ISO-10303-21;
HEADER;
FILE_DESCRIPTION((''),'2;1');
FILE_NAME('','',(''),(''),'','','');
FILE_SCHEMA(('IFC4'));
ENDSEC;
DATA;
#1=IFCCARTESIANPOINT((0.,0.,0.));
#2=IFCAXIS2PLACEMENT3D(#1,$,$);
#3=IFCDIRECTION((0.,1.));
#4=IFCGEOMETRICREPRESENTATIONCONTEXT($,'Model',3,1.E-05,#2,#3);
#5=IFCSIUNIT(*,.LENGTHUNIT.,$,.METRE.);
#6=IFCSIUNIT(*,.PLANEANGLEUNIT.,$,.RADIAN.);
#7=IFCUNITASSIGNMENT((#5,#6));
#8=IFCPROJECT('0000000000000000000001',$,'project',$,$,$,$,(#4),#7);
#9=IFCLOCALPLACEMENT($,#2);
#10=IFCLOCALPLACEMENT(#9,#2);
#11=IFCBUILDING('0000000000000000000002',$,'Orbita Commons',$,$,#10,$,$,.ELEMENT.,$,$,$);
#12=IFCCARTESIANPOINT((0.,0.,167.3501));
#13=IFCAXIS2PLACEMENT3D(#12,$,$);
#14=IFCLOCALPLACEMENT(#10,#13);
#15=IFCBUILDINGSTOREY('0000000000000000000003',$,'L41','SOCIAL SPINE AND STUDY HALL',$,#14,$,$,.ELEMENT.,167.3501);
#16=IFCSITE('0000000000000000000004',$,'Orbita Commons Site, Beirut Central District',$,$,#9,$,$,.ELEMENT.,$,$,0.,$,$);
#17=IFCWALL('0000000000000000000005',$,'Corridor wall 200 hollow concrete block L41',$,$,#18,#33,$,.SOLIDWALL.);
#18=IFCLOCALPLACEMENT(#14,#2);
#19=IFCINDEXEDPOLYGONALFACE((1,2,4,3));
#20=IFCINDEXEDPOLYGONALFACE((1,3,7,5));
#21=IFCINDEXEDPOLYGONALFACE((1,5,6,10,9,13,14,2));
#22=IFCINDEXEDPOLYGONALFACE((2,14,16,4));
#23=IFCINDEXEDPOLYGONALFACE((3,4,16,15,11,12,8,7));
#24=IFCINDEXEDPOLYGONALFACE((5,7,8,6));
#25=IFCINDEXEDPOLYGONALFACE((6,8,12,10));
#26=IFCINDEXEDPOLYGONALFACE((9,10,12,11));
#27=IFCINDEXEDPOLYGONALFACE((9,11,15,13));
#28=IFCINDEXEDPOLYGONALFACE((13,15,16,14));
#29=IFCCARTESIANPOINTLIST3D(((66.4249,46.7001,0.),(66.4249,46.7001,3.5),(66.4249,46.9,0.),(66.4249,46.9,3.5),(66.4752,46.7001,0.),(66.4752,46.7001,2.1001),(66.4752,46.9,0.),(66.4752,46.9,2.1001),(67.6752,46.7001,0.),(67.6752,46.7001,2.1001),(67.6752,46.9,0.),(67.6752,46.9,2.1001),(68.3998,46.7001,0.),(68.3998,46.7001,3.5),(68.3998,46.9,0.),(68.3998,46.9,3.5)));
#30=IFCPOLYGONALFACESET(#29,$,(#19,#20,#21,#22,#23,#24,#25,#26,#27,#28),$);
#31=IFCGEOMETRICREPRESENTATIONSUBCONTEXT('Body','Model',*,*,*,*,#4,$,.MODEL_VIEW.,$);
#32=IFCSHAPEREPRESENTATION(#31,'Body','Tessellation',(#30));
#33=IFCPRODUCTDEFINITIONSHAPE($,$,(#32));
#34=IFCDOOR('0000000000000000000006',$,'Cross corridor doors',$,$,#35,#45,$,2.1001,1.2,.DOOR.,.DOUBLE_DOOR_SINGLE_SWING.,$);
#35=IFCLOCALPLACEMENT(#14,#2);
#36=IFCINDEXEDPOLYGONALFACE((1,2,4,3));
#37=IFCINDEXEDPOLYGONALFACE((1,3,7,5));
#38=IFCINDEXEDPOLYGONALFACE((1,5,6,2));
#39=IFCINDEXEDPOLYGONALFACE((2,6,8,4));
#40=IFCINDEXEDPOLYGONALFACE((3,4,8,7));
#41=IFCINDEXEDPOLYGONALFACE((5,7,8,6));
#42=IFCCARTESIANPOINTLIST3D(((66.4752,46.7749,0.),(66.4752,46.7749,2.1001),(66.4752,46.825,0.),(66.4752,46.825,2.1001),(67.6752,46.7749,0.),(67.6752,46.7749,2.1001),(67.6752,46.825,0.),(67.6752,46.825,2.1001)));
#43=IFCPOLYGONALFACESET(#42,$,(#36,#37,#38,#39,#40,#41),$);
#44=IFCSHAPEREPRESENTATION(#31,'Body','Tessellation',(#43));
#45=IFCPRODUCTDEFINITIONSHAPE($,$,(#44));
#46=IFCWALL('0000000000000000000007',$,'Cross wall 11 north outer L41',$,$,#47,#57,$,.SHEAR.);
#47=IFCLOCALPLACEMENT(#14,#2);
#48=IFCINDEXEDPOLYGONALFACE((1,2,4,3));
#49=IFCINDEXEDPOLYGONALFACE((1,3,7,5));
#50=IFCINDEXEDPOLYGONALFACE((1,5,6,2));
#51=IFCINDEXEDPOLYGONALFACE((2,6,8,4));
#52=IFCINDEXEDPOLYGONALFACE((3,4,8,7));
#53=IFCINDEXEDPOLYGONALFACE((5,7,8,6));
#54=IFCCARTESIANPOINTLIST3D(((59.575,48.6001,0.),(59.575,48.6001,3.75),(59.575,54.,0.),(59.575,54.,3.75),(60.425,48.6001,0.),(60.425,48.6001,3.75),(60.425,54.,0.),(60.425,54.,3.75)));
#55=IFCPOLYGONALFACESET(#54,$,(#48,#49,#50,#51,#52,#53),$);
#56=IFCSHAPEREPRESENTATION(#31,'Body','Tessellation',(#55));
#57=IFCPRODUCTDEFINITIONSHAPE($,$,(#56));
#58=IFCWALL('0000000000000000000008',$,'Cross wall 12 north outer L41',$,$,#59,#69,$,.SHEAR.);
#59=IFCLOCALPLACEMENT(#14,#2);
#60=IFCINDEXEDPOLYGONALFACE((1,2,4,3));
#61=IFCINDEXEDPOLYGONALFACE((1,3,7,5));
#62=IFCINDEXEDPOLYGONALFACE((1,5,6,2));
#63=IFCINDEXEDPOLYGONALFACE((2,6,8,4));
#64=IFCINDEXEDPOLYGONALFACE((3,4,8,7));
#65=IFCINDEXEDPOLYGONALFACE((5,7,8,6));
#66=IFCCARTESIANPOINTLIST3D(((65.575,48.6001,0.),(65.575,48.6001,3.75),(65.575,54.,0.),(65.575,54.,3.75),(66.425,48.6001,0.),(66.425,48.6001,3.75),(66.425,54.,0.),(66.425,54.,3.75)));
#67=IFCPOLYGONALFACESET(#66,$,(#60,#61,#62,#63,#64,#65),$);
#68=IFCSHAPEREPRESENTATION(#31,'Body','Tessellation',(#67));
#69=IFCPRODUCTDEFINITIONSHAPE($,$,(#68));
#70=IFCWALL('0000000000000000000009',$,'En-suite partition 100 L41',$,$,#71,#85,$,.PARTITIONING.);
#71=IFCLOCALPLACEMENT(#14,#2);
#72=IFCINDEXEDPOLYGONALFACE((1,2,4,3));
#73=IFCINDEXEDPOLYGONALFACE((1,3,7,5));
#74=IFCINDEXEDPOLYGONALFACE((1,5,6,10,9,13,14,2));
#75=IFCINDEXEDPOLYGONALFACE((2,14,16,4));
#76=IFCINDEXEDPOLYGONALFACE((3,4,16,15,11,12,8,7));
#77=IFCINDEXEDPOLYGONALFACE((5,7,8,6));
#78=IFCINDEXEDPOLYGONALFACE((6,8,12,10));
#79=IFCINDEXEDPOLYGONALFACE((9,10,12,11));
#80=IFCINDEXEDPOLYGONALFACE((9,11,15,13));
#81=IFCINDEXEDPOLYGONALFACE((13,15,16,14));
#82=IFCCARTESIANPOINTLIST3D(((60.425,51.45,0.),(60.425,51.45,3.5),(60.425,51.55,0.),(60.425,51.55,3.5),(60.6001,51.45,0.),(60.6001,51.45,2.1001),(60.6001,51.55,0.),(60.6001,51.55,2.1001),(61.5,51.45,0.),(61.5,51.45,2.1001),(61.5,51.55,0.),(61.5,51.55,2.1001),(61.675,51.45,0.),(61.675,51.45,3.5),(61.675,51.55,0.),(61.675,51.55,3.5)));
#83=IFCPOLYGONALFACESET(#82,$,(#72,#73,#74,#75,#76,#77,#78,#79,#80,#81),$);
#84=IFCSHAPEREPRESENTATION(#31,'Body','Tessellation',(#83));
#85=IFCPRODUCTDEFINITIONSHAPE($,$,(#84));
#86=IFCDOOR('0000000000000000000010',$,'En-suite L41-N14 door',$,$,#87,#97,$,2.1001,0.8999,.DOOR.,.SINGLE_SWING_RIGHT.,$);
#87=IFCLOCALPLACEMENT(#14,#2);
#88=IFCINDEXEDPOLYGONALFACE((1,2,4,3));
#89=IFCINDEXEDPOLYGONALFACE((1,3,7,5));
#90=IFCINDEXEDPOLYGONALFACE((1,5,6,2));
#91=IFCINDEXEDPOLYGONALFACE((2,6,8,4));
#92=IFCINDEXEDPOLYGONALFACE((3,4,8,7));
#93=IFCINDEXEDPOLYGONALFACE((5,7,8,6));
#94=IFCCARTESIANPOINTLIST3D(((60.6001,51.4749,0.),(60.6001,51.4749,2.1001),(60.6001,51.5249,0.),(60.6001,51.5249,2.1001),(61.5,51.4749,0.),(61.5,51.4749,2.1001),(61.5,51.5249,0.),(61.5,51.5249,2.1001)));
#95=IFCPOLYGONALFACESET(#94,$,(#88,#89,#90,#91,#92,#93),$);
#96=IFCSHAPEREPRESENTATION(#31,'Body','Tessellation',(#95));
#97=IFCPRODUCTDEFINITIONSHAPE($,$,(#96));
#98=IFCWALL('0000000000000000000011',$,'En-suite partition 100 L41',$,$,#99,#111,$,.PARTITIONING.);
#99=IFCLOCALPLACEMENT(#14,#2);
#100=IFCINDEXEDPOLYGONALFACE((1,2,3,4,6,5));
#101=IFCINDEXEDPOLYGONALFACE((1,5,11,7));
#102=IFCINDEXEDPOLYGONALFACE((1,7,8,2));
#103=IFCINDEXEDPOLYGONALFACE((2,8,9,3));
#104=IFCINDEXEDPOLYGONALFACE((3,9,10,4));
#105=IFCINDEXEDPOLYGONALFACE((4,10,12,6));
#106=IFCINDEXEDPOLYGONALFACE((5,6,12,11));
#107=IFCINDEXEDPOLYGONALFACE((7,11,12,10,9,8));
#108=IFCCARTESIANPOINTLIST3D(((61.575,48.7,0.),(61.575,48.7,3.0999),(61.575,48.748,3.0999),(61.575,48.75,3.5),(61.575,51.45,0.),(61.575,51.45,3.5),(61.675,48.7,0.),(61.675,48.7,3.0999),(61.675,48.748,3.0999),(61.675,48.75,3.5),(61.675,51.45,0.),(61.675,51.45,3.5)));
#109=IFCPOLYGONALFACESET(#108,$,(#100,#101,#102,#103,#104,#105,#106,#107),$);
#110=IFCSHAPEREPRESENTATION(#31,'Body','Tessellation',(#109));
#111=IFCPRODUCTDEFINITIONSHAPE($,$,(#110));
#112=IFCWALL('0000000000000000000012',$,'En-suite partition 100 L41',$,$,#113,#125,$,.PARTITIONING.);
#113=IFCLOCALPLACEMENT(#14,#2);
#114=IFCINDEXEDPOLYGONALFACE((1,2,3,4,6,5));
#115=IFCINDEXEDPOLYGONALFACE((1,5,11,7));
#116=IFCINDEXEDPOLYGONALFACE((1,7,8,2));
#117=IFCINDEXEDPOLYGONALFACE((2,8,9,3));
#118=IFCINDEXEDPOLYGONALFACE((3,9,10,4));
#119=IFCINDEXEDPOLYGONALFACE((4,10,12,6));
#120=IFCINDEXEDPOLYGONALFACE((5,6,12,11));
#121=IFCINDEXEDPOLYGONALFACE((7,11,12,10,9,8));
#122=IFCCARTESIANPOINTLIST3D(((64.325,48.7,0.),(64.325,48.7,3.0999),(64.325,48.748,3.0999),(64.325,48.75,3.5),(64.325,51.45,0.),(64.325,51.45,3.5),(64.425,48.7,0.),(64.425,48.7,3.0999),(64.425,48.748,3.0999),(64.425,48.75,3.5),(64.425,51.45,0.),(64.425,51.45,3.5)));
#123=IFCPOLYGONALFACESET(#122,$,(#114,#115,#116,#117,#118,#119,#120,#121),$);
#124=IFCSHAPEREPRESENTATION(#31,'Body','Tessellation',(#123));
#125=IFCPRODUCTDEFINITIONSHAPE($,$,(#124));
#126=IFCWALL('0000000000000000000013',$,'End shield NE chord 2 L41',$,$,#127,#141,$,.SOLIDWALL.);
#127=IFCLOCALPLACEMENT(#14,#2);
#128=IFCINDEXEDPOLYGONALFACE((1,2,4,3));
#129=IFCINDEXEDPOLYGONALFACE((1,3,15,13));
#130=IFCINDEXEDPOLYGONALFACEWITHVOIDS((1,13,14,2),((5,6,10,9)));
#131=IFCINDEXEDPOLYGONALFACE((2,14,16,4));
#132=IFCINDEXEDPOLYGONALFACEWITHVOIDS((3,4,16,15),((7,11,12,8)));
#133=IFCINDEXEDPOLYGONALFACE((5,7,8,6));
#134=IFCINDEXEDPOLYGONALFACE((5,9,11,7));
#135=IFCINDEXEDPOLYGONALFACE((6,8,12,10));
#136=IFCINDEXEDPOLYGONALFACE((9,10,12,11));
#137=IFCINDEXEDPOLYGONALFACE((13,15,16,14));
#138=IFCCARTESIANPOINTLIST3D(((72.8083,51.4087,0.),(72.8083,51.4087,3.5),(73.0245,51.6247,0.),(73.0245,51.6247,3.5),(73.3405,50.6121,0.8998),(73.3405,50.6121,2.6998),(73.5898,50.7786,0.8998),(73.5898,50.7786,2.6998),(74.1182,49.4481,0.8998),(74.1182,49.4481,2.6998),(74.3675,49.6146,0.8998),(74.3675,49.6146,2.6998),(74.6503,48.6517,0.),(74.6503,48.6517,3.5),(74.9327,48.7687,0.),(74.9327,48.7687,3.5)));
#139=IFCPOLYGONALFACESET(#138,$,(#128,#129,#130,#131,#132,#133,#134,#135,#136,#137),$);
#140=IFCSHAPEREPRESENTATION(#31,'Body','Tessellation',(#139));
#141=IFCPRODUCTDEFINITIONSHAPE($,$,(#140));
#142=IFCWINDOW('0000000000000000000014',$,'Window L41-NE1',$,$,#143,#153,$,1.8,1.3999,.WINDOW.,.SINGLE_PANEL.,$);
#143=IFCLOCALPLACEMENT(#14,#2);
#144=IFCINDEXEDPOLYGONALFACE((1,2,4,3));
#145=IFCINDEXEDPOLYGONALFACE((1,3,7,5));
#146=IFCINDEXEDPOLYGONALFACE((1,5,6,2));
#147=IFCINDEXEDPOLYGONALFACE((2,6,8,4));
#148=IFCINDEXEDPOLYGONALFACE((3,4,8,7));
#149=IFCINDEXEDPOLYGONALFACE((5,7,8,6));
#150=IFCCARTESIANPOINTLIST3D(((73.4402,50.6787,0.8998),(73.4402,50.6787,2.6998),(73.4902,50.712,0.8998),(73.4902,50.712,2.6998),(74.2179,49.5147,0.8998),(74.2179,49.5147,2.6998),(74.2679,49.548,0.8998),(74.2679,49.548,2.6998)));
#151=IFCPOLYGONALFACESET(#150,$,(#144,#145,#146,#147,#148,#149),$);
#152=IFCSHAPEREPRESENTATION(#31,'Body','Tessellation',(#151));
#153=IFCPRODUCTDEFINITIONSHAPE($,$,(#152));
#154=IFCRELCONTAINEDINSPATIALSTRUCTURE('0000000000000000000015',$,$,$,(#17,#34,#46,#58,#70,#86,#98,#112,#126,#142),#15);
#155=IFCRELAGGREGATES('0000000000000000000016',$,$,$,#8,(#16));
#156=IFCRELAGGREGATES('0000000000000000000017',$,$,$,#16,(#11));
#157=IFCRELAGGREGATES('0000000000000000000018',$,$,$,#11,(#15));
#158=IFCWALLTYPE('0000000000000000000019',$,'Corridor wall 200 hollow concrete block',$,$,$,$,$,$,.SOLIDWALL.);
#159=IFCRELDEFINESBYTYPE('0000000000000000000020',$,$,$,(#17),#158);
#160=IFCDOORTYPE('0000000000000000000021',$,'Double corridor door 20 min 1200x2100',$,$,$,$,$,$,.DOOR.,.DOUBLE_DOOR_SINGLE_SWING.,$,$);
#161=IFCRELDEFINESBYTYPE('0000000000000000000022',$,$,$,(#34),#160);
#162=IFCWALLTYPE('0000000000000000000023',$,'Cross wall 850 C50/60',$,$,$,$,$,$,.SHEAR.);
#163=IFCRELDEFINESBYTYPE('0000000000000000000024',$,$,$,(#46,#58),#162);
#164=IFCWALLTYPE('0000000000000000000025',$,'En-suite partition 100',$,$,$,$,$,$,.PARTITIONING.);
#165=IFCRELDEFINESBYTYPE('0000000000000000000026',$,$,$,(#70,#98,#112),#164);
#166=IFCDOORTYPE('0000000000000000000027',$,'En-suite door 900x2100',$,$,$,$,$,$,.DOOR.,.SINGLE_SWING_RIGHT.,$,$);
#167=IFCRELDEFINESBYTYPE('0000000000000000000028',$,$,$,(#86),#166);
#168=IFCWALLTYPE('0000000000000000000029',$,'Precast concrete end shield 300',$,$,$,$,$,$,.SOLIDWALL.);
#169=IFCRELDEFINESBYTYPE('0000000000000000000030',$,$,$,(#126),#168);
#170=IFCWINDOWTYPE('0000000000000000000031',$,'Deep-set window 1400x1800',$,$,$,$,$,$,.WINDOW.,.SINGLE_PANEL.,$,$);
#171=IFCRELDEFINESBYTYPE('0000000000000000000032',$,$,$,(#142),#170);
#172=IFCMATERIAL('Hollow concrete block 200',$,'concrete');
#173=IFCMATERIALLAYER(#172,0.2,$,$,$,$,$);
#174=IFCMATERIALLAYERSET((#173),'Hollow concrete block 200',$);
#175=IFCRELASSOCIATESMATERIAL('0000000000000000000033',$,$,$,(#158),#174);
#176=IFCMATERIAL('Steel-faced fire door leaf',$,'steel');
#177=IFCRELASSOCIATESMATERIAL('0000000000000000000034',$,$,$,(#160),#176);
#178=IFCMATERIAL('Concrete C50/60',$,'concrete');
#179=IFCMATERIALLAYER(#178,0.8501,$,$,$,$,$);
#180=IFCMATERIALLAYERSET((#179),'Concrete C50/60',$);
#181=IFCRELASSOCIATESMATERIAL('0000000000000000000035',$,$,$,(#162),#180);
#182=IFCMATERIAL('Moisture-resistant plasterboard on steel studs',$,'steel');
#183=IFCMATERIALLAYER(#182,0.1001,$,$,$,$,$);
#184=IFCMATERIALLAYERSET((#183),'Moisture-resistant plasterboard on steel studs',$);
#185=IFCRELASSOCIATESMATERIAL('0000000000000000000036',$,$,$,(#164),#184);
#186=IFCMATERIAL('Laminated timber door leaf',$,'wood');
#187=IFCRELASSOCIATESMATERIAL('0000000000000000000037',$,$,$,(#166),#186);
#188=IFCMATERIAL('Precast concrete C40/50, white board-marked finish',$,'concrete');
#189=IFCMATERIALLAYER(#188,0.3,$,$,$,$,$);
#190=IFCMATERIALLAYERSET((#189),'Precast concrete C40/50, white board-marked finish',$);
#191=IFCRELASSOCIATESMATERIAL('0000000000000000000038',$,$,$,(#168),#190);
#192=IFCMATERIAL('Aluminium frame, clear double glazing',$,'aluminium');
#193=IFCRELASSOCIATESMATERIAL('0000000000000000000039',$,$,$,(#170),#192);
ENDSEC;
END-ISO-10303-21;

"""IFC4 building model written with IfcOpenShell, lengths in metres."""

from ifc_helpers import new_model, si_unit, direction, frame, frame_2d, origin, place, context, subcontext, project, spatial, polyline, rectangle, outline, extrude, material, layer, layer_set, type_object, element, fill, save


model = new_model("IFC4")

# Units and contexts
model_context = context("Model", 3, precision=1e-05, world=origin(), true_north=direction((0.0, 1.0)))
body_context = subcontext(model_context, "Body", "Model", "MODEL_VIEW")
ifc_project = project(units=[si_unit("LENGTHUNIT", "METRE"), si_unit("PLANEANGLEUNIT", "RADIAN")], contexts=[model_context])

# Site, building, storey
site_placement = place(None, origin())
site = spatial("IfcSite", under=ifc_project, at=site_placement, Name="Orbita Commons Site, Beirut Central District", CompositionType="ELEMENT", RefElevation=0.0)
building_placement = place(site_placement, origin())
building = spatial("IfcBuilding", under=site, at=building_placement, Name="Orbita Commons", CompositionType="ELEMENT")
storey_placement = place(building_placement, frame((0.0, 0.0, 167.3501)))
storey = spatial("IfcBuildingStorey", under=building, at=storey_placement, Name="L41", Description="SOCIAL SPINE AND STUDY HALL", CompositionType="ELEMENT", Elevation=167.3501)

# Wall, opening, door
ifc_material_1 = material(Name="Hollow concrete block 200", Category="concrete")
ifc_layer_1 = layer(ifc_material_1, 0.2)
ifc_layer_set_1 = layer_set([ifc_layer_1], Name="Hollow concrete block 200")
wall_type_1 = type_object("IfcWallType", Name="Corridor wall 200 hollow concrete block", PredefinedType="SOLIDWALL", material=ifc_layer_set_1)
wall_1_placement = place(storey_placement, frame((66.425, 46.8, 0.0), z_axis=(0.0, 0.0, 1.0), x_axis=(1.0, 0.0, 0.0)))
wall_1 = element("IfcWall", 1, at=wall_1_placement, inside=storey, type_object=wall_type_1, Name="Corridor wall 200 hollow concrete block L41", PredefinedType="SOLIDWALL", context=body_context, shape_type="SweptSolid", body=[
    extrude(rectangle(XDim=1.9749, YDim=0.2, at=frame_2d((0.9873, 0.0))), origin(), (0.0, 0.0, 1.0), 3.5),
])
opening_1_placement = place(wall_1_placement, frame((0.05, 0.0, 0.0)))
opening_1 = element("IfcOpeningElement", 2, at=opening_1_placement, cuts=wall_1, PredefinedType="OPENING", context=body_context, shape_type="SweptSolid", body=[
    extrude(rectangle(XDim=1.2, YDim=2.1001, at=frame_2d((0.6001, 1.05))), frame((0.0, 0.1099, 0.0), z_axis=(0.0, -1.0, 0.0), x_axis=(1.0, 0.0, 0.0)), (0.0, 0.0, 1.0), 0.22),
])
ifc_material_2 = material(Name="Steel-faced fire door leaf", Category="steel")
door_type_1 = type_object("IfcDoorType", Name="Double corridor door 20 min 1200x2100", OperationType="DOUBLE_DOOR_SINGLE_SWING", PredefinedType="DOOR", material=ifc_material_2)
door_1_placement = place(opening_1_placement, origin())
door_1 = element("IfcDoor", 3, at=door_1_placement, inside=storey, type_object=door_type_1, Name="Cross corridor doors", OperationType="DOUBLE_DOOR_SINGLE_SWING", OverallHeight=2.1001, OverallWidth=1.2, PredefinedType="DOOR", context=body_context, shape_type="SweptSolid", body=[
    extrude(rectangle(XDim=1.2, YDim=2.1001, at=frame_2d((0.6001, 1.05))), frame((0.0, 0.0249, 0.0), z_axis=(0.0, -1.0, 0.0), x_axis=(1.0, 0.0, 0.0)), (0.0, 0.0, 1.0), 0.05),
])
fill(opening_1, door_1)

# Walls
ifc_material_3 = material(Name="Concrete C50/60", Category="concrete")
ifc_layer_2 = layer(ifc_material_3, 0.8501)
ifc_layer_set_2 = layer_set([ifc_layer_2], Name="Concrete C50/60")
wall_type_2 = type_object("IfcWallType", Name="Cross wall 850 C50/60", PredefinedType="SHEAR", material=ifc_layer_set_2)
for number, where, z_axis, x_axis, name in (
    (4, (60.0, 48.6001, 0.0), (0.0, 0.0, 1.0), (0.0, 1.0, 0.0), "Cross wall 11 north outer L41"),
    (5, (66.0, 48.6001, 0.0), (0.0, 0.0, 1.0), (0.0, 1.0, 0.0), "Cross wall 12 north outer L41"),
):
    element("IfcWall", number, at=place(storey_placement, frame(where, z_axis=z_axis, x_axis=x_axis)), inside=storey, type_object=wall_type_2, Name=name, PredefinedType="SHEAR", context=body_context, shape_type="SweptSolid", body=[
        extrude(rectangle(XDim=5.3999, YDim=0.8501, at=frame_2d((2.7, 0.0))), origin(), (0.0, 0.0, 1.0), 3.75),
    ])

# Wall, opening, door
ifc_material_4 = material(Name="Moisture-resistant plasterboard on steel studs", Category="steel")
ifc_layer_3 = layer(ifc_material_4, 0.1001)
ifc_layer_set_3 = layer_set([ifc_layer_3], Name="Moisture-resistant plasterboard on steel studs")
wall_type_3 = type_object("IfcWallType", Name="En-suite partition 100", PredefinedType="PARTITIONING", material=ifc_layer_set_3)
wall_2_placement = place(storey_placement, frame((60.425, 51.5, 0.0), z_axis=(0.0, 0.0, 1.0), x_axis=(1.0, 0.0, 0.0)))
wall_2 = element("IfcWall", 6, at=wall_2_placement, inside=storey, type_object=wall_type_3, Name="En-suite partition 100 L41", PredefinedType="PARTITIONING", context=body_context, shape_type="SweptSolid", body=[
    extrude(rectangle(XDim=1.25, YDim=0.1001, at=frame_2d((0.625, 0.0))), origin(), (0.0, 0.0, 1.0), 3.5),
])
opening_2_placement = place(wall_2_placement, frame((0.175, 0.0, 0.0)))
opening_2 = element("IfcOpeningElement", 7, at=opening_2_placement, cuts=wall_2, PredefinedType="OPENING", context=body_context, shape_type="SweptSolid", body=[
    extrude(rectangle(XDim=0.8999, YDim=2.1001, at=frame_2d((0.45, 1.05))), frame((0.0, 0.0601, 0.0), z_axis=(0.0, -1.0, 0.0), x_axis=(1.0, 0.0, 0.0)), (0.0, 0.0, 1.0), 0.1201),
])
ifc_material_5 = material(Name="Laminated timber door leaf", Category="wood")
door_type_2 = type_object("IfcDoorType", Name="En-suite door 900x2100", OperationType="SINGLE_SWING_RIGHT", PredefinedType="DOOR", material=ifc_material_5)
door_2_placement = place(opening_2_placement, origin())
door_2 = element("IfcDoor", 8, at=door_2_placement, inside=storey, type_object=door_type_2, Name="En-suite L41-N14 door", OperationType="SINGLE_SWING_RIGHT", OverallHeight=2.1001, OverallWidth=0.8999, PredefinedType="DOOR", context=body_context, shape_type="SweptSolid", body=[
    extrude(rectangle(XDim=0.8999, YDim=2.1001, at=frame_2d((0.45, 1.05))), frame((0.0, 0.0249, 0.0), z_axis=(0.0, -1.0, 0.0), x_axis=(1.0, 0.0, 0.0)), (0.0, 0.0, 1.0), 0.05),
])
fill(opening_2, door_2)

# Walls
for number, where, z_axis, x_axis, name in (
    (9, (61.625, 51.45, 0.0), (0.0, 0.0, 1.0), (0.0, -1.0, 0.0), "En-suite partition 100 L41"),
    (10, (64.375, 51.45, 0.0), (0.0, 0.0, 1.0), (0.0, -1.0, 0.0), "En-suite partition 100 L41"),
):
    element("IfcWall", number, at=place(storey_placement, frame(where, z_axis=z_axis, x_axis=x_axis)), inside=storey, type_object=wall_type_3, Name=name, PredefinedType="PARTITIONING", context=body_context, shape_type="SweptSolid", body=[
        extrude(outline(polyline([(0.0, 0.0), (2.75, 0.0), (2.75, 3.0999), (2.7019, 3.0999), (2.7, 3.5), (0.0, 3.5), (0.0, 0.0)])), frame((0.0, 0.05, 0.0), z_axis=(0.0, -1.0, 0.0), x_axis=(1.0, 0.0, 0.0)), (0.0, 0.0, 1.0), 0.1001),
    ])

# Wall, opening, window
ifc_material_6 = material(Name="Precast concrete C40/50, white board-marked finish", Category="concrete")
ifc_layer_4 = layer(ifc_material_6, 0.3)
ifc_layer_set_4 = layer_set([ifc_layer_4], Name="Precast concrete C40/50, white board-marked finish")
wall_type_4 = type_object("IfcWallType", Name="Precast concrete end shield 300", PredefinedType="SOLIDWALL", material=ifc_layer_set_4)
wall_3_placement = place(storey_placement, frame((74.7915, 48.7102, 0.0), z_axis=(0.0, 0.0, 1.0), x_axis=(-0.555535, 0.831493, 0.0)))
wall_3 = element("IfcWall", 11, at=wall_3_placement, inside=storey, type_object=wall_type_4, Name="End shield NE chord 2 L41", PredefinedType="SOLIDWALL", context=body_context, shape_type="SweptSolid", body=[
    extrude(outline(polyline([(-0.0298, -0.1499), (3.405, -0.1499), (3.3455, 0.1499), (0.0298, 0.1499), (-0.0298, -0.1499)])), origin(), (0.0, 0.0, 1.0), 3.5),
])
opening_3_placement = place(wall_3_placement, frame((0.9875, 0.0, 0.8999)))
opening_3 = element("IfcOpeningElement", 12, at=opening_3_placement, cuts=wall_3, PredefinedType="OPENING", context=body_context, shape_type="SweptSolid", body=[
    extrude(rectangle(XDim=1.3999, YDim=1.8, at=frame_2d((0.7, 0.8999))), frame((0.0, 0.1599, 0.0), z_axis=(0.0, -1.0, 0.0), x_axis=(1.0, 0.0, 0.0)), (0.0, 0.0, 1.0), 0.3201),
])
ifc_material_7 = material(Name="Aluminium frame, clear double glazing", Category="aluminium")
window_type = type_object("IfcWindowType", Name="Deep-set window 1400x1800", PartitioningType="SINGLE_PANEL", PredefinedType="WINDOW", material=ifc_material_7)
window_placement = place(opening_3_placement, origin())
window = element("IfcWindow", 13, at=window_placement, inside=storey, type_object=window_type, Name="Window L41-NE1", OverallHeight=1.8, OverallWidth=1.3999, PartitioningType="SINGLE_PANEL", PredefinedType="WINDOW", context=body_context, shape_type="SweptSolid", body=[
    extrude(rectangle(XDim=1.3999, YDim=1.8, at=frame_2d((0.7, 0.8999))), frame((0.0, 0.03, 0.0), z_axis=(0.0, -1.0, 0.0), x_axis=(1.0, 0.0, 0.0)), (0.0, 0.0, 1.0), 0.0601),
])
fill(opening_3, window)

save(model, "model.ifc")
